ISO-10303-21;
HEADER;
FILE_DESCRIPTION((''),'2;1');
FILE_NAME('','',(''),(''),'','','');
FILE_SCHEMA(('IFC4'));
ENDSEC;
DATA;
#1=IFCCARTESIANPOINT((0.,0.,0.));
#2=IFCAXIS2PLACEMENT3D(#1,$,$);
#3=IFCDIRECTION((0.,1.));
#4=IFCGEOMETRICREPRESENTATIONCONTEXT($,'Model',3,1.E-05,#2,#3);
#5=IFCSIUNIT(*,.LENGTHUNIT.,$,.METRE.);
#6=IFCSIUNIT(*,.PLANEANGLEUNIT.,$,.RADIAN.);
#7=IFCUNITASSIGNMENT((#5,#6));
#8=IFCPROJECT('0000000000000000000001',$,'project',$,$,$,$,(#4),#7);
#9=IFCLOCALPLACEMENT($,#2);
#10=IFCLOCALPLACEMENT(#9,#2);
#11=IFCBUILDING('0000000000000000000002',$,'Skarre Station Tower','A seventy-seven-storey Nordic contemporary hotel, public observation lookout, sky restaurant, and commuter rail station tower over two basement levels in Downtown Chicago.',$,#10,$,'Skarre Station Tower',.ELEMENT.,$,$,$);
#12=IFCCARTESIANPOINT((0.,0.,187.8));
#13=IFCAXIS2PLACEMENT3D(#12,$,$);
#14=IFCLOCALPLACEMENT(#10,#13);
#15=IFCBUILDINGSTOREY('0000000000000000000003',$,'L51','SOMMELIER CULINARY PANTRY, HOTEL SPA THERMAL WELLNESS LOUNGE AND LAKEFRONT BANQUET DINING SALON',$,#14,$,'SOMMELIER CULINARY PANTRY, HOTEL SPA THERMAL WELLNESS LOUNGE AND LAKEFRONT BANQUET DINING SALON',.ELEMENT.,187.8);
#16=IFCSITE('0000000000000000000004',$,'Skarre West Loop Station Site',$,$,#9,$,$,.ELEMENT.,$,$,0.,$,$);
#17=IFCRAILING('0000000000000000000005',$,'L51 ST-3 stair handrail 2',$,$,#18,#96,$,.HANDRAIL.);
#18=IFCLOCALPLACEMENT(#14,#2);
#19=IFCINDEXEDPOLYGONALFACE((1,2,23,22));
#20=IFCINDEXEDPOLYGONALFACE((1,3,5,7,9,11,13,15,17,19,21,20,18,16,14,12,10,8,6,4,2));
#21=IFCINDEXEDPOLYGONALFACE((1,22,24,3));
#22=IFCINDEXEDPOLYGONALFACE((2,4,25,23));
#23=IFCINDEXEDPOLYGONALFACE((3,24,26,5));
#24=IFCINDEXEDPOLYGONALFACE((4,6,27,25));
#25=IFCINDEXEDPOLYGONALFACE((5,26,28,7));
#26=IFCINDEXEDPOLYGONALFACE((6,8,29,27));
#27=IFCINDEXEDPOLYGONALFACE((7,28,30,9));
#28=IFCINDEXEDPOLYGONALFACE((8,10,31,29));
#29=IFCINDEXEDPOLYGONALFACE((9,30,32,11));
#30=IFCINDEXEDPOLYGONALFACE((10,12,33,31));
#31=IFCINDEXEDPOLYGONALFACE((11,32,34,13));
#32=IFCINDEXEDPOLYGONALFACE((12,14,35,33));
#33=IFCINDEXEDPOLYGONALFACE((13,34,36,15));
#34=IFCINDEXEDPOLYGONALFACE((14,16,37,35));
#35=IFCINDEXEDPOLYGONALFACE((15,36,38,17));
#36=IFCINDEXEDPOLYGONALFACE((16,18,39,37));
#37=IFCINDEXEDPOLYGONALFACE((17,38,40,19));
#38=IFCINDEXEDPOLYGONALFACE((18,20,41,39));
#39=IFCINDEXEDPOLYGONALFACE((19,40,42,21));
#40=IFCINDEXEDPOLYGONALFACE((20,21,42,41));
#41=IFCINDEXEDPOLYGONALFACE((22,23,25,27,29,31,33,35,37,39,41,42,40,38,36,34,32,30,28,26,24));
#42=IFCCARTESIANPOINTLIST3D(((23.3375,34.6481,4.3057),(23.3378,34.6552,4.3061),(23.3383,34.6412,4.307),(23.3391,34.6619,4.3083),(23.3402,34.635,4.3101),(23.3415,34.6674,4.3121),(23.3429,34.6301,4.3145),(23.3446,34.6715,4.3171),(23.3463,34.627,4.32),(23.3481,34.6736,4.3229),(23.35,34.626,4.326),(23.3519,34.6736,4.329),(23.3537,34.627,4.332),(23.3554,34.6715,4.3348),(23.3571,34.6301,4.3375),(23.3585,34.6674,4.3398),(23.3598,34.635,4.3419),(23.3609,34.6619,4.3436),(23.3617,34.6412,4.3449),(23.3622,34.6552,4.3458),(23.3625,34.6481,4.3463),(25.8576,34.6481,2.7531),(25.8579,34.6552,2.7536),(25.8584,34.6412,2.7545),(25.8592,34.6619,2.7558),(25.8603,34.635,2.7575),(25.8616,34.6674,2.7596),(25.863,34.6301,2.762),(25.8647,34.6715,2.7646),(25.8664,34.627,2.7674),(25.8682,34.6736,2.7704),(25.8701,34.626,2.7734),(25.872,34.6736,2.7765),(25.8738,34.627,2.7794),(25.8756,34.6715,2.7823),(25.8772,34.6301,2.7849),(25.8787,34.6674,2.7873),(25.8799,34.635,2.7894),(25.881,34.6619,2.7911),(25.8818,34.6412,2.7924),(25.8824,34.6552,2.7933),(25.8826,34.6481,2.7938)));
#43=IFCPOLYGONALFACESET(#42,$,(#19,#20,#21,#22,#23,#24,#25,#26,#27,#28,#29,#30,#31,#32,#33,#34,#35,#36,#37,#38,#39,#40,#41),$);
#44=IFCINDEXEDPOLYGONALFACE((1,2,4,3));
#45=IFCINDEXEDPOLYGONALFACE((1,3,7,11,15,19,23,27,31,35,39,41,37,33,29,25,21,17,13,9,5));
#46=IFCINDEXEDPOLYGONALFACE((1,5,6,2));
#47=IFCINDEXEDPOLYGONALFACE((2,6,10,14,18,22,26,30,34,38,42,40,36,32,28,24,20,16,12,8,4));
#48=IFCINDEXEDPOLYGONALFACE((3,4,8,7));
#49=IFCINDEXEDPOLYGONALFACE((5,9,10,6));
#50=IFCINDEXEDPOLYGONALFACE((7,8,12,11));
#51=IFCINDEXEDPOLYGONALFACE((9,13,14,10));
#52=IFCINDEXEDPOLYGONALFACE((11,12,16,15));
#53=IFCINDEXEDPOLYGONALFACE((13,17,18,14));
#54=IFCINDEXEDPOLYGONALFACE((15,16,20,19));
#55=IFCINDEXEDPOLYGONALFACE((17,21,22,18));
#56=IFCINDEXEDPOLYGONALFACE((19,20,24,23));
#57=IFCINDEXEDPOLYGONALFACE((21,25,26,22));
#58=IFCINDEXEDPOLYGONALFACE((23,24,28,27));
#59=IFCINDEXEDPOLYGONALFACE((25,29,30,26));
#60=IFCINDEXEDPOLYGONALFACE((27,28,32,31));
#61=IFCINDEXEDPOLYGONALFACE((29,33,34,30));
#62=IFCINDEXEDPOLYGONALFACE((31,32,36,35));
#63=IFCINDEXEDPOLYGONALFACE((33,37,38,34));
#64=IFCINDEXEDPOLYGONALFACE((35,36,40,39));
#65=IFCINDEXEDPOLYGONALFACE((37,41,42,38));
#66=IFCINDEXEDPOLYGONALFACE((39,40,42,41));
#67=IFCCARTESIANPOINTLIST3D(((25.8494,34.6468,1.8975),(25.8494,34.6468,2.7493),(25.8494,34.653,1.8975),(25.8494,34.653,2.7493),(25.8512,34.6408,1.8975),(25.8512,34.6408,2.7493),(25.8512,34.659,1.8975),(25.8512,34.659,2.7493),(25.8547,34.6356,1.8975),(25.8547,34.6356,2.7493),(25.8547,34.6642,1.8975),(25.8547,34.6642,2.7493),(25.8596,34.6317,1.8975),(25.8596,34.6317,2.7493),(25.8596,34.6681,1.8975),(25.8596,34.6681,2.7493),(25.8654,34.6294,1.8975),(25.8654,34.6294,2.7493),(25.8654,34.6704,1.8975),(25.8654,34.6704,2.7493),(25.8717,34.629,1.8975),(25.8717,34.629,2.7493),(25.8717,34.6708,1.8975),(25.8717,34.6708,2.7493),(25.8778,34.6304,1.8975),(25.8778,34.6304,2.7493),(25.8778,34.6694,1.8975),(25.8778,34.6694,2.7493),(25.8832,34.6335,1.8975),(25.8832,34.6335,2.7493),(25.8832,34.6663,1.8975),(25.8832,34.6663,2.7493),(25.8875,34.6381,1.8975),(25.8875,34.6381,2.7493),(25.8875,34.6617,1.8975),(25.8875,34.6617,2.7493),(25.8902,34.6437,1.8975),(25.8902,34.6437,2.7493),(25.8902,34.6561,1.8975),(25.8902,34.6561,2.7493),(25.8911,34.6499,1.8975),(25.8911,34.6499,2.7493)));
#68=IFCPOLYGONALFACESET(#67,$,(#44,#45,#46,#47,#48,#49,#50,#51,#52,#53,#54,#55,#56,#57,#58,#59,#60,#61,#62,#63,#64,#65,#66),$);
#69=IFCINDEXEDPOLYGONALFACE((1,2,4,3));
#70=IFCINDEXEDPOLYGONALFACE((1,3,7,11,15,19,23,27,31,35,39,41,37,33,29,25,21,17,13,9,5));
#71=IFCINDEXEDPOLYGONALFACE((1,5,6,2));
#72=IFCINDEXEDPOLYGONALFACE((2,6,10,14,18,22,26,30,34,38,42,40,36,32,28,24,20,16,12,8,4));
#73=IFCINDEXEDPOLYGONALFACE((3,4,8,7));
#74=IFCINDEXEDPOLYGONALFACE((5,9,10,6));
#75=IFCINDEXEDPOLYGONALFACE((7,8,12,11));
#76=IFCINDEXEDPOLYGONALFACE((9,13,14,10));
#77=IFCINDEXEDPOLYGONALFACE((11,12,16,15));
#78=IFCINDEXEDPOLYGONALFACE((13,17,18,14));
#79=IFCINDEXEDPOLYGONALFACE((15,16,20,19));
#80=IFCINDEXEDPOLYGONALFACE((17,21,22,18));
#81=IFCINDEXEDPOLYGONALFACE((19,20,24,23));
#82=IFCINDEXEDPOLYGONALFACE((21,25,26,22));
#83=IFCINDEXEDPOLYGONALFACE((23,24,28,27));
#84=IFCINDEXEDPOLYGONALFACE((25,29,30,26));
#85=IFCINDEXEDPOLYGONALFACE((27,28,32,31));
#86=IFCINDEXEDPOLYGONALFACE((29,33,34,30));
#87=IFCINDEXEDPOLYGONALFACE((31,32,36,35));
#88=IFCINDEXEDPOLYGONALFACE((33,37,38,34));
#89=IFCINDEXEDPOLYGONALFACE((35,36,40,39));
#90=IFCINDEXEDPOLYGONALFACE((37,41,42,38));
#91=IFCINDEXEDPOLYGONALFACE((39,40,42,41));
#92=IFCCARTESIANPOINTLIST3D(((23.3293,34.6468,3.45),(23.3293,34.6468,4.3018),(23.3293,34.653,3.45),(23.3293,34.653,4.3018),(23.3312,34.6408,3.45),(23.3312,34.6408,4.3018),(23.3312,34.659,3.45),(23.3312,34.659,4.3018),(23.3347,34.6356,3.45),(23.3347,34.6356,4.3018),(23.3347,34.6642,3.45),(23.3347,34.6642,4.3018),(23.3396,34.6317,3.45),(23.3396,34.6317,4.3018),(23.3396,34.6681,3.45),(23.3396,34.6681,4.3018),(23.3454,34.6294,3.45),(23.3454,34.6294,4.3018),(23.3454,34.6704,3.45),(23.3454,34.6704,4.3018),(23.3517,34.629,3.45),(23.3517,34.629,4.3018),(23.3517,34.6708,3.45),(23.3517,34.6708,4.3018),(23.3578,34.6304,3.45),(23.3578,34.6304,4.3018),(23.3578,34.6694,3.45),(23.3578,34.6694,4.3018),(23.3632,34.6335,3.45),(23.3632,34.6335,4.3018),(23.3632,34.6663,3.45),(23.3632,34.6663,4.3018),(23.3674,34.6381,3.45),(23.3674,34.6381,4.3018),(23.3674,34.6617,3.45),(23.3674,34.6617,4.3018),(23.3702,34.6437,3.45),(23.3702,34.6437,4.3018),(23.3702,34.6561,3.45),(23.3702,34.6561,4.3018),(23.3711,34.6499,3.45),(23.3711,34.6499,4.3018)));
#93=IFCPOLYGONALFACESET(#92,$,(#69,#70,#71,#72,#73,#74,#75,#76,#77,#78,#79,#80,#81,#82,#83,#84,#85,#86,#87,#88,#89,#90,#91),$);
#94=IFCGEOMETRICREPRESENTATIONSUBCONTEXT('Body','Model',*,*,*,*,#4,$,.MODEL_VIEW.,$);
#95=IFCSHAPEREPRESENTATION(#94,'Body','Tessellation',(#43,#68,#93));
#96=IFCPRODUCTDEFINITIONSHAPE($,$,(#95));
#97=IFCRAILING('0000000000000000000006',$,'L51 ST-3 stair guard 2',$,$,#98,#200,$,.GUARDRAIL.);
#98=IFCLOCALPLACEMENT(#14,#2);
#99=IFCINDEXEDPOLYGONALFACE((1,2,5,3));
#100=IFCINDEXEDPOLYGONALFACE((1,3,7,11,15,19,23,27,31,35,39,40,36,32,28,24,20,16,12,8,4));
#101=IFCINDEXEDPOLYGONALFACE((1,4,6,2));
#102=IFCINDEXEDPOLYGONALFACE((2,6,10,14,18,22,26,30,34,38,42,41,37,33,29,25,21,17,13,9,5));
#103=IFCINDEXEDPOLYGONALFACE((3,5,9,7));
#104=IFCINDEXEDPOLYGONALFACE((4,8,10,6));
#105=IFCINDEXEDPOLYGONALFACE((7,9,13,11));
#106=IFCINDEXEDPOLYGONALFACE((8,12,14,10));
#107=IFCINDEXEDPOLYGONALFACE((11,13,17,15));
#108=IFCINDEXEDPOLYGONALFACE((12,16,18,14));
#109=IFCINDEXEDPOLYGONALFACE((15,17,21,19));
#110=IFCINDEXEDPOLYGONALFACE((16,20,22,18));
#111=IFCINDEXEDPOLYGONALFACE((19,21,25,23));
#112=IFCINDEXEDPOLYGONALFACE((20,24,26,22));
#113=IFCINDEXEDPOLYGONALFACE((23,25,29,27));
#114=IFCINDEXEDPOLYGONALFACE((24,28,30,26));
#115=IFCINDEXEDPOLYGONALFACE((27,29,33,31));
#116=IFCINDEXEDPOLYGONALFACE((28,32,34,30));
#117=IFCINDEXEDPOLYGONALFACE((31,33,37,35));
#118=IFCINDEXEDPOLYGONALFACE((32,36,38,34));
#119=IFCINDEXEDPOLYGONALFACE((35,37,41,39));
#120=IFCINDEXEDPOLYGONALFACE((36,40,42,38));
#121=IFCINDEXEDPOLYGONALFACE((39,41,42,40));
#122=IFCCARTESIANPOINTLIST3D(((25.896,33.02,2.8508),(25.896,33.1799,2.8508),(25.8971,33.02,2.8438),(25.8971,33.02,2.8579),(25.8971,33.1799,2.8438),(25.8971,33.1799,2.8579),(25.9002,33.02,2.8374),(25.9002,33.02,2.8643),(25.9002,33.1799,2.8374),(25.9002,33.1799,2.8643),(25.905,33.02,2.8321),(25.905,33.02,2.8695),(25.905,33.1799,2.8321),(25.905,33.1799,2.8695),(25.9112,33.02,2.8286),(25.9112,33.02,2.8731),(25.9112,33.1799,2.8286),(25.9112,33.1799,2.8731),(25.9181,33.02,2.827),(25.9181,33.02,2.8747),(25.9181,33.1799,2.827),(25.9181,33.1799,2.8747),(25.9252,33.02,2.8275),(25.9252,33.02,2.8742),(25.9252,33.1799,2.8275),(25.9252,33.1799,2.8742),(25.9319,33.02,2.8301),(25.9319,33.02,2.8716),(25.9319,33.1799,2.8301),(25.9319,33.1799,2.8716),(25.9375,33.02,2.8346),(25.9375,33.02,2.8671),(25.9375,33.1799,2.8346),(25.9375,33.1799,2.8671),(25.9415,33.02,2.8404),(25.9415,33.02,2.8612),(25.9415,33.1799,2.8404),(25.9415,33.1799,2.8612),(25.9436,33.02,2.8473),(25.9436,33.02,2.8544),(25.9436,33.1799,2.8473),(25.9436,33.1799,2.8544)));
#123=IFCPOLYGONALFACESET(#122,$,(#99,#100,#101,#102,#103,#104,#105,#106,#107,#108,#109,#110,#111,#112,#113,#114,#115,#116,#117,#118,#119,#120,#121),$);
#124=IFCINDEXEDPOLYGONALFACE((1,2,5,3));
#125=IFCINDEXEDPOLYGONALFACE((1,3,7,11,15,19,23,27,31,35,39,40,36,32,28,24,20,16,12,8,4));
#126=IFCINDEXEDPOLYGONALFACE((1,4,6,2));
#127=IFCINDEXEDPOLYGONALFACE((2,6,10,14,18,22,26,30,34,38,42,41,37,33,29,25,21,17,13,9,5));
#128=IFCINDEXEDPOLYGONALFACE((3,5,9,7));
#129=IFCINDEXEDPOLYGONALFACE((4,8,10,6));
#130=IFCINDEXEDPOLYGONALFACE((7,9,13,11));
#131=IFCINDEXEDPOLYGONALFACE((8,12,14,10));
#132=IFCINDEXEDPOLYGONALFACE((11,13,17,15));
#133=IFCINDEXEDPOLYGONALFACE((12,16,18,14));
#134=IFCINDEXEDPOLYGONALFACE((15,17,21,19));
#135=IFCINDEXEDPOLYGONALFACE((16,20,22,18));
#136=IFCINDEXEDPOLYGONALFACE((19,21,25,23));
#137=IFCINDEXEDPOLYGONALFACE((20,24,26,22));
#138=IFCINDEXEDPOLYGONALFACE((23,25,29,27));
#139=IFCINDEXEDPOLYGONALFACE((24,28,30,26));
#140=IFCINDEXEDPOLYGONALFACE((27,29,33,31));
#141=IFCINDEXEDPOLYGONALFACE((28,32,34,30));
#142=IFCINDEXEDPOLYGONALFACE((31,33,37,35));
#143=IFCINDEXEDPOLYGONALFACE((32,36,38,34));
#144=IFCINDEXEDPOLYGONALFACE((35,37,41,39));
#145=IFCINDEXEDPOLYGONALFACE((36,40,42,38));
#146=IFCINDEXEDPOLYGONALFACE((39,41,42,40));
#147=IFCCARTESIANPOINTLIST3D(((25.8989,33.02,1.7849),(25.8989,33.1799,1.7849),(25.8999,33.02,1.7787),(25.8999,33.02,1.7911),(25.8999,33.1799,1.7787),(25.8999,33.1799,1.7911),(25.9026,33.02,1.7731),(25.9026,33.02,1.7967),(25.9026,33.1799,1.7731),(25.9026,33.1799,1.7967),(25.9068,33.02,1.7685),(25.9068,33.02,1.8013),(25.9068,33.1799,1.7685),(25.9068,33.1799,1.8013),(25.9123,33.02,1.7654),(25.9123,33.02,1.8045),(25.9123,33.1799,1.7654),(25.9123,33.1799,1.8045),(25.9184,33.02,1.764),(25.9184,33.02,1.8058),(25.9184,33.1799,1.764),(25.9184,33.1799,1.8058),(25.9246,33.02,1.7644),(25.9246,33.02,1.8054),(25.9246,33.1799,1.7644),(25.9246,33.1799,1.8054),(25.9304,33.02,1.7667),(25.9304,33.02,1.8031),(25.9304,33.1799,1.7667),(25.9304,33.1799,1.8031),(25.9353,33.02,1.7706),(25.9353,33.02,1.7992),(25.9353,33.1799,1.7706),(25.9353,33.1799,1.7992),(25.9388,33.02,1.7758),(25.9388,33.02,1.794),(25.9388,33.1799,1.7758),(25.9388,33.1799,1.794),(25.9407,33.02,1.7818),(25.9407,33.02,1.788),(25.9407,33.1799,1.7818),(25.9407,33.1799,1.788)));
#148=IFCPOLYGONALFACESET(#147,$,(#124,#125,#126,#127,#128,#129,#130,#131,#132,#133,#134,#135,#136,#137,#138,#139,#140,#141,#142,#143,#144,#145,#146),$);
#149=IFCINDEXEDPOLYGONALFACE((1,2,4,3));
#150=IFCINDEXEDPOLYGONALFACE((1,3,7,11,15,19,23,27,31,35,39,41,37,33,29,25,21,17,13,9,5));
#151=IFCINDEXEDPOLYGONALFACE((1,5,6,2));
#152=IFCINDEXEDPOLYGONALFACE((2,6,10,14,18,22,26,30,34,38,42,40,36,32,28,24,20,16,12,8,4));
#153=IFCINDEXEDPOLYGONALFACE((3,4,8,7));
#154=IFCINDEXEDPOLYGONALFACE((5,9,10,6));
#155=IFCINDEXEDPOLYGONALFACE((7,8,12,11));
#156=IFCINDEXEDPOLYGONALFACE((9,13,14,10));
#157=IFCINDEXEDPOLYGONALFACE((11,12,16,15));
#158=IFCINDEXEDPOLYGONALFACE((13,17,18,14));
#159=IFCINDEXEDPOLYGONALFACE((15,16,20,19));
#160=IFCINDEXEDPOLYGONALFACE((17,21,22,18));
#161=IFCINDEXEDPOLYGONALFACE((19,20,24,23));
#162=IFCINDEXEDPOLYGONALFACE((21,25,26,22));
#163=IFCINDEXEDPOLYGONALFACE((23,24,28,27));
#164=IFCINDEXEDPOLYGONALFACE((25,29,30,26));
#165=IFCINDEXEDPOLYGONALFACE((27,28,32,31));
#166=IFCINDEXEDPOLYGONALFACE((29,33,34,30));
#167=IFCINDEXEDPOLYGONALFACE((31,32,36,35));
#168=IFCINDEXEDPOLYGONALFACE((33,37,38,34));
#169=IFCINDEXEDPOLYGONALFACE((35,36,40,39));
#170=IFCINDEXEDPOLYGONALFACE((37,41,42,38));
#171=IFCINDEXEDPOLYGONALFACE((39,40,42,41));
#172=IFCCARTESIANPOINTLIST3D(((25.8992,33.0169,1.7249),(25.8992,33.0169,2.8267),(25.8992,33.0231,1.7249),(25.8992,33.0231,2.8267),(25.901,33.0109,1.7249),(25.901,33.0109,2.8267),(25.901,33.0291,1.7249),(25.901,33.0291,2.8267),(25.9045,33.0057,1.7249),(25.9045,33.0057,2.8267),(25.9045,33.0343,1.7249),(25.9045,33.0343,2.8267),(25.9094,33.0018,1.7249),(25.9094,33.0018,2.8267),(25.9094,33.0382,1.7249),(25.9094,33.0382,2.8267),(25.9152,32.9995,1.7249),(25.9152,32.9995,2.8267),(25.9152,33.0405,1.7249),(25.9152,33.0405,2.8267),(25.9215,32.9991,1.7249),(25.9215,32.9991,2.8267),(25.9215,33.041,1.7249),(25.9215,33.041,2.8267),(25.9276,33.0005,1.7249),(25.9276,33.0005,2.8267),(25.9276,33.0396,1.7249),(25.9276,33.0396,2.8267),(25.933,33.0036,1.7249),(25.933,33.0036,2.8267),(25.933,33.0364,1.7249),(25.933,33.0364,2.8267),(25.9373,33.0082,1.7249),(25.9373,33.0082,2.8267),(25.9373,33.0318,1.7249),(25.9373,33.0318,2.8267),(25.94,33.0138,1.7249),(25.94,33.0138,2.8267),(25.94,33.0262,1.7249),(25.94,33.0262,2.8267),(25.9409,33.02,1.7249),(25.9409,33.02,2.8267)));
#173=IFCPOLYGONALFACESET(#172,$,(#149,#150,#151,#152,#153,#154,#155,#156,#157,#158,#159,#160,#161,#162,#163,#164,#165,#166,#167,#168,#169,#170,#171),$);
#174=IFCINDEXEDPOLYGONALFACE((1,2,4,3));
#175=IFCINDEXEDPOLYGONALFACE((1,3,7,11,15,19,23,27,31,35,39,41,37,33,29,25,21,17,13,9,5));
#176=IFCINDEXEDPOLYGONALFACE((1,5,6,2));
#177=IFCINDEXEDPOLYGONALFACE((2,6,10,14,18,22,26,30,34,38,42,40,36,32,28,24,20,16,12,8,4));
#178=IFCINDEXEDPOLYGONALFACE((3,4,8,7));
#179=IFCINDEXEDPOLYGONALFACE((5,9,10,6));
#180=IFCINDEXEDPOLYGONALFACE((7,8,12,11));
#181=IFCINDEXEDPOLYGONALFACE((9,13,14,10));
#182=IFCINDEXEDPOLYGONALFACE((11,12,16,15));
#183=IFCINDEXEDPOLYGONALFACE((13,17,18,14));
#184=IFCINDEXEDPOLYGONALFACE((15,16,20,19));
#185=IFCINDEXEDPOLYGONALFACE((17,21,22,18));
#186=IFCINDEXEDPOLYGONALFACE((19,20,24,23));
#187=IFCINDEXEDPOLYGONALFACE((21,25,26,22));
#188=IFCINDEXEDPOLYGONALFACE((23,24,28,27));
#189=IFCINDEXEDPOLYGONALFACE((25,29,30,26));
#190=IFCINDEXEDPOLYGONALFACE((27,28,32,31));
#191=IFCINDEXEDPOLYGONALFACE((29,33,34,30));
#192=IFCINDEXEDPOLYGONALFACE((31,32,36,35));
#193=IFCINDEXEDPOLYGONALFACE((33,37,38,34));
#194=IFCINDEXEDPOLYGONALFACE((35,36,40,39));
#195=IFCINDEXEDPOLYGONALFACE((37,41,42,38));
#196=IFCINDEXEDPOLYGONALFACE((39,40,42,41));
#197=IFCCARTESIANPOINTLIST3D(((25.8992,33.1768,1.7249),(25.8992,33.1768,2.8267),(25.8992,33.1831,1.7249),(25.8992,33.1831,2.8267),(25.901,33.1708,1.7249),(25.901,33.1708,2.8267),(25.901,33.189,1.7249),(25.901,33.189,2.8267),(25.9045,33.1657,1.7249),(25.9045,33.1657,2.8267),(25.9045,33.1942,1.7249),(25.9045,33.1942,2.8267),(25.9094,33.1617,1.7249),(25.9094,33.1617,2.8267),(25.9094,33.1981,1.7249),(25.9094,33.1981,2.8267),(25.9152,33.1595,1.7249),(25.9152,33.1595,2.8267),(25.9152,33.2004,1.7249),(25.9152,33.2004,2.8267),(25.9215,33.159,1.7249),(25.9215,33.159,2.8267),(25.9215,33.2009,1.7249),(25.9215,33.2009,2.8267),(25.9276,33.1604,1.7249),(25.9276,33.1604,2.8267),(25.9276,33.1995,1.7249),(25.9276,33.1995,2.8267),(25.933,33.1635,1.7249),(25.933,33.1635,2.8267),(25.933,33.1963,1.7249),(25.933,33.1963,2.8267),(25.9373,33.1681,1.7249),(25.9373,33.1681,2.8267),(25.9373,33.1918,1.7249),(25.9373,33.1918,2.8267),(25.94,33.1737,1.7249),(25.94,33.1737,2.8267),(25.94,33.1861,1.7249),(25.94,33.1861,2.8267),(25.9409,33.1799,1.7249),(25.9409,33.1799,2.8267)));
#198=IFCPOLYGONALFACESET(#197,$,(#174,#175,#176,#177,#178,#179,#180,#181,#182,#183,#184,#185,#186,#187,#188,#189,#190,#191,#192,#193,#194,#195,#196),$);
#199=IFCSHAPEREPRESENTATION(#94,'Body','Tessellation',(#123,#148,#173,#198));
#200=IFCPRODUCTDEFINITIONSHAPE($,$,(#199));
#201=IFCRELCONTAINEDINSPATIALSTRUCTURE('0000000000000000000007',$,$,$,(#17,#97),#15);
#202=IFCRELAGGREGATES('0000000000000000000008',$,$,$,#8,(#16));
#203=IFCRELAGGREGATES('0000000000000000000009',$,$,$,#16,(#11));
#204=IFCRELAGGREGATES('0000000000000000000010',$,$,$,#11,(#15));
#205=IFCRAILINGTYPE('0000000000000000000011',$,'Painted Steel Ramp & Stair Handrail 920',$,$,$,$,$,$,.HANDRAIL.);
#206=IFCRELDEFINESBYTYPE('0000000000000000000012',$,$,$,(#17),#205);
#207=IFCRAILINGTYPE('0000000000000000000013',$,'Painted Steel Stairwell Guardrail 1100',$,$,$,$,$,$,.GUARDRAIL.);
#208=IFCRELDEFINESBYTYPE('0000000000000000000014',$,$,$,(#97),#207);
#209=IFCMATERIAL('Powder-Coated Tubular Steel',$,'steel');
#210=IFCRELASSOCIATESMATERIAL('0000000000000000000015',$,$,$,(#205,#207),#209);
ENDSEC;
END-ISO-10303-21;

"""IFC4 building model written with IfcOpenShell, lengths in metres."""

from ifc_helpers import new_model, si_unit, direction, frame, origin, origin_2d, place, context, subcontext, project, spatial, circle, extrude, material, type_object, element, save


model = new_model("IFC4")

# Units and contexts
model_context = context("Model", 3, precision=1e-05, world=origin(), true_north=direction((0.0, 1.0)))
body_context = subcontext(model_context, "Body", "Model", "MODEL_VIEW")
ifc_project = project(units=[si_unit("LENGTHUNIT", "METRE"), si_unit("PLANEANGLEUNIT", "RADIAN")], contexts=[model_context])

# Site, building, storey
site_placement = place(None, origin())
site = spatial("IfcSite", under=ifc_project, at=site_placement, Name="Skarre West Loop Station Site", CompositionType="ELEMENT", RefElevation=0.0)
building_placement = place(site_placement, origin())
building = spatial("IfcBuilding", under=site, at=building_placement, Name="Skarre Station Tower", Description="A seventy-seven-storey Nordic contemporary hotel, public observation lookout, sky restaurant, and commuter rail station tower over two basement levels in Downtown Chicago.", LongName="Skarre Station Tower", CompositionType="ELEMENT")
storey_placement = place(building_placement, frame((0.0, 0.0, 187.8)))
storey = spatial("IfcBuildingStorey", under=building, at=storey_placement, Name="L51", Description="SOMMELIER CULINARY PANTRY, HOTEL SPA THERMAL WELLNESS LOUNGE AND LAKEFRONT BANQUET DINING SALON", LongName="SOMMELIER CULINARY PANTRY, HOTEL SPA THERMAL WELLNESS LOUNGE AND LAKEFRONT BANQUET DINING SALON", CompositionType="ELEMENT", Elevation=187.8)

# Railings
ifc_material_1 = material(Name="Powder-Coated Tubular Steel", Category="steel")
railing_type_1 = type_object("IfcRailingType", Name="Painted Steel Ramp & Stair Handrail 920", PredefinedType="HANDRAIL", material=ifc_material_1)
railing_1_placement = place(storey_placement, frame((25.8701, 34.6499, 1.8975)))
element("IfcRailing", 1, at=railing_1_placement, inside=storey, type_object=railing_type_1, Name="L51 ST-3 stair handrail 2", PredefinedType="HANDRAIL", context=body_context, shape_type="SweptSolid", body=[
    extrude(circle(Radius=0.0239, at=origin_2d()), frame((0.0, 0.0, 0.876), z_axis=(-0.8514, 0.0, 0.524516), x_axis=(0.0, -1.0, 0.0)), (0.0, 0.0, 1.0), 2.96),
    extrude(circle(Radius=0.021, at=origin_2d()), origin(), (0.0, 0.0, 1.0), 0.8518),
    extrude(circle(Radius=0.021, at=origin_2d()), frame((-2.52, 0.0, 1.5525)), (0.0, 0.0, 1.0), 0.8518),
])
railing_type_2 = type_object("IfcRailingType", Name="Painted Steel Stairwell Guardrail 1100", PredefinedType="GUARDRAIL", material=ifc_material_1)
railing_2_placement = place(storey_placement, frame((25.9199, 33.02, 1.7249)))
element("IfcRailing", 2, at=railing_2_placement, inside=storey, type_object=railing_type_2, Name="L51 ST-3 stair guard 2", PredefinedType="GUARDRAIL", context=body_context, shape_type="SweptSolid", body=[
    extrude(circle(Radius=0.0239, at=origin_2d()), frame((0.0, 0.0, 1.126), z_axis=(0.0, 1.0, 0.0), x_axis=(-1.0, 0.0, 0.0)), (0.0, 0.0, 1.0), 0.1599),
    extrude(circle(Radius=0.021, at=origin_2d()), frame((0.0, 0.0, 0.0601), z_axis=(0.0, 1.0, 0.0), x_axis=(-1.0, 0.0, 0.0)), (0.0, 0.0, 1.0), 0.1599),
    extrude(circle(Radius=0.021, at=origin_2d()), origin(), (0.0, 0.0, 1.0), 1.1018),
    extrude(circle(Radius=0.021, at=origin_2d()), frame((0.0, 0.1599, 0.0)), (0.0, 0.0, 1.0), 1.1018),
])

save(model, "model.ifc")
